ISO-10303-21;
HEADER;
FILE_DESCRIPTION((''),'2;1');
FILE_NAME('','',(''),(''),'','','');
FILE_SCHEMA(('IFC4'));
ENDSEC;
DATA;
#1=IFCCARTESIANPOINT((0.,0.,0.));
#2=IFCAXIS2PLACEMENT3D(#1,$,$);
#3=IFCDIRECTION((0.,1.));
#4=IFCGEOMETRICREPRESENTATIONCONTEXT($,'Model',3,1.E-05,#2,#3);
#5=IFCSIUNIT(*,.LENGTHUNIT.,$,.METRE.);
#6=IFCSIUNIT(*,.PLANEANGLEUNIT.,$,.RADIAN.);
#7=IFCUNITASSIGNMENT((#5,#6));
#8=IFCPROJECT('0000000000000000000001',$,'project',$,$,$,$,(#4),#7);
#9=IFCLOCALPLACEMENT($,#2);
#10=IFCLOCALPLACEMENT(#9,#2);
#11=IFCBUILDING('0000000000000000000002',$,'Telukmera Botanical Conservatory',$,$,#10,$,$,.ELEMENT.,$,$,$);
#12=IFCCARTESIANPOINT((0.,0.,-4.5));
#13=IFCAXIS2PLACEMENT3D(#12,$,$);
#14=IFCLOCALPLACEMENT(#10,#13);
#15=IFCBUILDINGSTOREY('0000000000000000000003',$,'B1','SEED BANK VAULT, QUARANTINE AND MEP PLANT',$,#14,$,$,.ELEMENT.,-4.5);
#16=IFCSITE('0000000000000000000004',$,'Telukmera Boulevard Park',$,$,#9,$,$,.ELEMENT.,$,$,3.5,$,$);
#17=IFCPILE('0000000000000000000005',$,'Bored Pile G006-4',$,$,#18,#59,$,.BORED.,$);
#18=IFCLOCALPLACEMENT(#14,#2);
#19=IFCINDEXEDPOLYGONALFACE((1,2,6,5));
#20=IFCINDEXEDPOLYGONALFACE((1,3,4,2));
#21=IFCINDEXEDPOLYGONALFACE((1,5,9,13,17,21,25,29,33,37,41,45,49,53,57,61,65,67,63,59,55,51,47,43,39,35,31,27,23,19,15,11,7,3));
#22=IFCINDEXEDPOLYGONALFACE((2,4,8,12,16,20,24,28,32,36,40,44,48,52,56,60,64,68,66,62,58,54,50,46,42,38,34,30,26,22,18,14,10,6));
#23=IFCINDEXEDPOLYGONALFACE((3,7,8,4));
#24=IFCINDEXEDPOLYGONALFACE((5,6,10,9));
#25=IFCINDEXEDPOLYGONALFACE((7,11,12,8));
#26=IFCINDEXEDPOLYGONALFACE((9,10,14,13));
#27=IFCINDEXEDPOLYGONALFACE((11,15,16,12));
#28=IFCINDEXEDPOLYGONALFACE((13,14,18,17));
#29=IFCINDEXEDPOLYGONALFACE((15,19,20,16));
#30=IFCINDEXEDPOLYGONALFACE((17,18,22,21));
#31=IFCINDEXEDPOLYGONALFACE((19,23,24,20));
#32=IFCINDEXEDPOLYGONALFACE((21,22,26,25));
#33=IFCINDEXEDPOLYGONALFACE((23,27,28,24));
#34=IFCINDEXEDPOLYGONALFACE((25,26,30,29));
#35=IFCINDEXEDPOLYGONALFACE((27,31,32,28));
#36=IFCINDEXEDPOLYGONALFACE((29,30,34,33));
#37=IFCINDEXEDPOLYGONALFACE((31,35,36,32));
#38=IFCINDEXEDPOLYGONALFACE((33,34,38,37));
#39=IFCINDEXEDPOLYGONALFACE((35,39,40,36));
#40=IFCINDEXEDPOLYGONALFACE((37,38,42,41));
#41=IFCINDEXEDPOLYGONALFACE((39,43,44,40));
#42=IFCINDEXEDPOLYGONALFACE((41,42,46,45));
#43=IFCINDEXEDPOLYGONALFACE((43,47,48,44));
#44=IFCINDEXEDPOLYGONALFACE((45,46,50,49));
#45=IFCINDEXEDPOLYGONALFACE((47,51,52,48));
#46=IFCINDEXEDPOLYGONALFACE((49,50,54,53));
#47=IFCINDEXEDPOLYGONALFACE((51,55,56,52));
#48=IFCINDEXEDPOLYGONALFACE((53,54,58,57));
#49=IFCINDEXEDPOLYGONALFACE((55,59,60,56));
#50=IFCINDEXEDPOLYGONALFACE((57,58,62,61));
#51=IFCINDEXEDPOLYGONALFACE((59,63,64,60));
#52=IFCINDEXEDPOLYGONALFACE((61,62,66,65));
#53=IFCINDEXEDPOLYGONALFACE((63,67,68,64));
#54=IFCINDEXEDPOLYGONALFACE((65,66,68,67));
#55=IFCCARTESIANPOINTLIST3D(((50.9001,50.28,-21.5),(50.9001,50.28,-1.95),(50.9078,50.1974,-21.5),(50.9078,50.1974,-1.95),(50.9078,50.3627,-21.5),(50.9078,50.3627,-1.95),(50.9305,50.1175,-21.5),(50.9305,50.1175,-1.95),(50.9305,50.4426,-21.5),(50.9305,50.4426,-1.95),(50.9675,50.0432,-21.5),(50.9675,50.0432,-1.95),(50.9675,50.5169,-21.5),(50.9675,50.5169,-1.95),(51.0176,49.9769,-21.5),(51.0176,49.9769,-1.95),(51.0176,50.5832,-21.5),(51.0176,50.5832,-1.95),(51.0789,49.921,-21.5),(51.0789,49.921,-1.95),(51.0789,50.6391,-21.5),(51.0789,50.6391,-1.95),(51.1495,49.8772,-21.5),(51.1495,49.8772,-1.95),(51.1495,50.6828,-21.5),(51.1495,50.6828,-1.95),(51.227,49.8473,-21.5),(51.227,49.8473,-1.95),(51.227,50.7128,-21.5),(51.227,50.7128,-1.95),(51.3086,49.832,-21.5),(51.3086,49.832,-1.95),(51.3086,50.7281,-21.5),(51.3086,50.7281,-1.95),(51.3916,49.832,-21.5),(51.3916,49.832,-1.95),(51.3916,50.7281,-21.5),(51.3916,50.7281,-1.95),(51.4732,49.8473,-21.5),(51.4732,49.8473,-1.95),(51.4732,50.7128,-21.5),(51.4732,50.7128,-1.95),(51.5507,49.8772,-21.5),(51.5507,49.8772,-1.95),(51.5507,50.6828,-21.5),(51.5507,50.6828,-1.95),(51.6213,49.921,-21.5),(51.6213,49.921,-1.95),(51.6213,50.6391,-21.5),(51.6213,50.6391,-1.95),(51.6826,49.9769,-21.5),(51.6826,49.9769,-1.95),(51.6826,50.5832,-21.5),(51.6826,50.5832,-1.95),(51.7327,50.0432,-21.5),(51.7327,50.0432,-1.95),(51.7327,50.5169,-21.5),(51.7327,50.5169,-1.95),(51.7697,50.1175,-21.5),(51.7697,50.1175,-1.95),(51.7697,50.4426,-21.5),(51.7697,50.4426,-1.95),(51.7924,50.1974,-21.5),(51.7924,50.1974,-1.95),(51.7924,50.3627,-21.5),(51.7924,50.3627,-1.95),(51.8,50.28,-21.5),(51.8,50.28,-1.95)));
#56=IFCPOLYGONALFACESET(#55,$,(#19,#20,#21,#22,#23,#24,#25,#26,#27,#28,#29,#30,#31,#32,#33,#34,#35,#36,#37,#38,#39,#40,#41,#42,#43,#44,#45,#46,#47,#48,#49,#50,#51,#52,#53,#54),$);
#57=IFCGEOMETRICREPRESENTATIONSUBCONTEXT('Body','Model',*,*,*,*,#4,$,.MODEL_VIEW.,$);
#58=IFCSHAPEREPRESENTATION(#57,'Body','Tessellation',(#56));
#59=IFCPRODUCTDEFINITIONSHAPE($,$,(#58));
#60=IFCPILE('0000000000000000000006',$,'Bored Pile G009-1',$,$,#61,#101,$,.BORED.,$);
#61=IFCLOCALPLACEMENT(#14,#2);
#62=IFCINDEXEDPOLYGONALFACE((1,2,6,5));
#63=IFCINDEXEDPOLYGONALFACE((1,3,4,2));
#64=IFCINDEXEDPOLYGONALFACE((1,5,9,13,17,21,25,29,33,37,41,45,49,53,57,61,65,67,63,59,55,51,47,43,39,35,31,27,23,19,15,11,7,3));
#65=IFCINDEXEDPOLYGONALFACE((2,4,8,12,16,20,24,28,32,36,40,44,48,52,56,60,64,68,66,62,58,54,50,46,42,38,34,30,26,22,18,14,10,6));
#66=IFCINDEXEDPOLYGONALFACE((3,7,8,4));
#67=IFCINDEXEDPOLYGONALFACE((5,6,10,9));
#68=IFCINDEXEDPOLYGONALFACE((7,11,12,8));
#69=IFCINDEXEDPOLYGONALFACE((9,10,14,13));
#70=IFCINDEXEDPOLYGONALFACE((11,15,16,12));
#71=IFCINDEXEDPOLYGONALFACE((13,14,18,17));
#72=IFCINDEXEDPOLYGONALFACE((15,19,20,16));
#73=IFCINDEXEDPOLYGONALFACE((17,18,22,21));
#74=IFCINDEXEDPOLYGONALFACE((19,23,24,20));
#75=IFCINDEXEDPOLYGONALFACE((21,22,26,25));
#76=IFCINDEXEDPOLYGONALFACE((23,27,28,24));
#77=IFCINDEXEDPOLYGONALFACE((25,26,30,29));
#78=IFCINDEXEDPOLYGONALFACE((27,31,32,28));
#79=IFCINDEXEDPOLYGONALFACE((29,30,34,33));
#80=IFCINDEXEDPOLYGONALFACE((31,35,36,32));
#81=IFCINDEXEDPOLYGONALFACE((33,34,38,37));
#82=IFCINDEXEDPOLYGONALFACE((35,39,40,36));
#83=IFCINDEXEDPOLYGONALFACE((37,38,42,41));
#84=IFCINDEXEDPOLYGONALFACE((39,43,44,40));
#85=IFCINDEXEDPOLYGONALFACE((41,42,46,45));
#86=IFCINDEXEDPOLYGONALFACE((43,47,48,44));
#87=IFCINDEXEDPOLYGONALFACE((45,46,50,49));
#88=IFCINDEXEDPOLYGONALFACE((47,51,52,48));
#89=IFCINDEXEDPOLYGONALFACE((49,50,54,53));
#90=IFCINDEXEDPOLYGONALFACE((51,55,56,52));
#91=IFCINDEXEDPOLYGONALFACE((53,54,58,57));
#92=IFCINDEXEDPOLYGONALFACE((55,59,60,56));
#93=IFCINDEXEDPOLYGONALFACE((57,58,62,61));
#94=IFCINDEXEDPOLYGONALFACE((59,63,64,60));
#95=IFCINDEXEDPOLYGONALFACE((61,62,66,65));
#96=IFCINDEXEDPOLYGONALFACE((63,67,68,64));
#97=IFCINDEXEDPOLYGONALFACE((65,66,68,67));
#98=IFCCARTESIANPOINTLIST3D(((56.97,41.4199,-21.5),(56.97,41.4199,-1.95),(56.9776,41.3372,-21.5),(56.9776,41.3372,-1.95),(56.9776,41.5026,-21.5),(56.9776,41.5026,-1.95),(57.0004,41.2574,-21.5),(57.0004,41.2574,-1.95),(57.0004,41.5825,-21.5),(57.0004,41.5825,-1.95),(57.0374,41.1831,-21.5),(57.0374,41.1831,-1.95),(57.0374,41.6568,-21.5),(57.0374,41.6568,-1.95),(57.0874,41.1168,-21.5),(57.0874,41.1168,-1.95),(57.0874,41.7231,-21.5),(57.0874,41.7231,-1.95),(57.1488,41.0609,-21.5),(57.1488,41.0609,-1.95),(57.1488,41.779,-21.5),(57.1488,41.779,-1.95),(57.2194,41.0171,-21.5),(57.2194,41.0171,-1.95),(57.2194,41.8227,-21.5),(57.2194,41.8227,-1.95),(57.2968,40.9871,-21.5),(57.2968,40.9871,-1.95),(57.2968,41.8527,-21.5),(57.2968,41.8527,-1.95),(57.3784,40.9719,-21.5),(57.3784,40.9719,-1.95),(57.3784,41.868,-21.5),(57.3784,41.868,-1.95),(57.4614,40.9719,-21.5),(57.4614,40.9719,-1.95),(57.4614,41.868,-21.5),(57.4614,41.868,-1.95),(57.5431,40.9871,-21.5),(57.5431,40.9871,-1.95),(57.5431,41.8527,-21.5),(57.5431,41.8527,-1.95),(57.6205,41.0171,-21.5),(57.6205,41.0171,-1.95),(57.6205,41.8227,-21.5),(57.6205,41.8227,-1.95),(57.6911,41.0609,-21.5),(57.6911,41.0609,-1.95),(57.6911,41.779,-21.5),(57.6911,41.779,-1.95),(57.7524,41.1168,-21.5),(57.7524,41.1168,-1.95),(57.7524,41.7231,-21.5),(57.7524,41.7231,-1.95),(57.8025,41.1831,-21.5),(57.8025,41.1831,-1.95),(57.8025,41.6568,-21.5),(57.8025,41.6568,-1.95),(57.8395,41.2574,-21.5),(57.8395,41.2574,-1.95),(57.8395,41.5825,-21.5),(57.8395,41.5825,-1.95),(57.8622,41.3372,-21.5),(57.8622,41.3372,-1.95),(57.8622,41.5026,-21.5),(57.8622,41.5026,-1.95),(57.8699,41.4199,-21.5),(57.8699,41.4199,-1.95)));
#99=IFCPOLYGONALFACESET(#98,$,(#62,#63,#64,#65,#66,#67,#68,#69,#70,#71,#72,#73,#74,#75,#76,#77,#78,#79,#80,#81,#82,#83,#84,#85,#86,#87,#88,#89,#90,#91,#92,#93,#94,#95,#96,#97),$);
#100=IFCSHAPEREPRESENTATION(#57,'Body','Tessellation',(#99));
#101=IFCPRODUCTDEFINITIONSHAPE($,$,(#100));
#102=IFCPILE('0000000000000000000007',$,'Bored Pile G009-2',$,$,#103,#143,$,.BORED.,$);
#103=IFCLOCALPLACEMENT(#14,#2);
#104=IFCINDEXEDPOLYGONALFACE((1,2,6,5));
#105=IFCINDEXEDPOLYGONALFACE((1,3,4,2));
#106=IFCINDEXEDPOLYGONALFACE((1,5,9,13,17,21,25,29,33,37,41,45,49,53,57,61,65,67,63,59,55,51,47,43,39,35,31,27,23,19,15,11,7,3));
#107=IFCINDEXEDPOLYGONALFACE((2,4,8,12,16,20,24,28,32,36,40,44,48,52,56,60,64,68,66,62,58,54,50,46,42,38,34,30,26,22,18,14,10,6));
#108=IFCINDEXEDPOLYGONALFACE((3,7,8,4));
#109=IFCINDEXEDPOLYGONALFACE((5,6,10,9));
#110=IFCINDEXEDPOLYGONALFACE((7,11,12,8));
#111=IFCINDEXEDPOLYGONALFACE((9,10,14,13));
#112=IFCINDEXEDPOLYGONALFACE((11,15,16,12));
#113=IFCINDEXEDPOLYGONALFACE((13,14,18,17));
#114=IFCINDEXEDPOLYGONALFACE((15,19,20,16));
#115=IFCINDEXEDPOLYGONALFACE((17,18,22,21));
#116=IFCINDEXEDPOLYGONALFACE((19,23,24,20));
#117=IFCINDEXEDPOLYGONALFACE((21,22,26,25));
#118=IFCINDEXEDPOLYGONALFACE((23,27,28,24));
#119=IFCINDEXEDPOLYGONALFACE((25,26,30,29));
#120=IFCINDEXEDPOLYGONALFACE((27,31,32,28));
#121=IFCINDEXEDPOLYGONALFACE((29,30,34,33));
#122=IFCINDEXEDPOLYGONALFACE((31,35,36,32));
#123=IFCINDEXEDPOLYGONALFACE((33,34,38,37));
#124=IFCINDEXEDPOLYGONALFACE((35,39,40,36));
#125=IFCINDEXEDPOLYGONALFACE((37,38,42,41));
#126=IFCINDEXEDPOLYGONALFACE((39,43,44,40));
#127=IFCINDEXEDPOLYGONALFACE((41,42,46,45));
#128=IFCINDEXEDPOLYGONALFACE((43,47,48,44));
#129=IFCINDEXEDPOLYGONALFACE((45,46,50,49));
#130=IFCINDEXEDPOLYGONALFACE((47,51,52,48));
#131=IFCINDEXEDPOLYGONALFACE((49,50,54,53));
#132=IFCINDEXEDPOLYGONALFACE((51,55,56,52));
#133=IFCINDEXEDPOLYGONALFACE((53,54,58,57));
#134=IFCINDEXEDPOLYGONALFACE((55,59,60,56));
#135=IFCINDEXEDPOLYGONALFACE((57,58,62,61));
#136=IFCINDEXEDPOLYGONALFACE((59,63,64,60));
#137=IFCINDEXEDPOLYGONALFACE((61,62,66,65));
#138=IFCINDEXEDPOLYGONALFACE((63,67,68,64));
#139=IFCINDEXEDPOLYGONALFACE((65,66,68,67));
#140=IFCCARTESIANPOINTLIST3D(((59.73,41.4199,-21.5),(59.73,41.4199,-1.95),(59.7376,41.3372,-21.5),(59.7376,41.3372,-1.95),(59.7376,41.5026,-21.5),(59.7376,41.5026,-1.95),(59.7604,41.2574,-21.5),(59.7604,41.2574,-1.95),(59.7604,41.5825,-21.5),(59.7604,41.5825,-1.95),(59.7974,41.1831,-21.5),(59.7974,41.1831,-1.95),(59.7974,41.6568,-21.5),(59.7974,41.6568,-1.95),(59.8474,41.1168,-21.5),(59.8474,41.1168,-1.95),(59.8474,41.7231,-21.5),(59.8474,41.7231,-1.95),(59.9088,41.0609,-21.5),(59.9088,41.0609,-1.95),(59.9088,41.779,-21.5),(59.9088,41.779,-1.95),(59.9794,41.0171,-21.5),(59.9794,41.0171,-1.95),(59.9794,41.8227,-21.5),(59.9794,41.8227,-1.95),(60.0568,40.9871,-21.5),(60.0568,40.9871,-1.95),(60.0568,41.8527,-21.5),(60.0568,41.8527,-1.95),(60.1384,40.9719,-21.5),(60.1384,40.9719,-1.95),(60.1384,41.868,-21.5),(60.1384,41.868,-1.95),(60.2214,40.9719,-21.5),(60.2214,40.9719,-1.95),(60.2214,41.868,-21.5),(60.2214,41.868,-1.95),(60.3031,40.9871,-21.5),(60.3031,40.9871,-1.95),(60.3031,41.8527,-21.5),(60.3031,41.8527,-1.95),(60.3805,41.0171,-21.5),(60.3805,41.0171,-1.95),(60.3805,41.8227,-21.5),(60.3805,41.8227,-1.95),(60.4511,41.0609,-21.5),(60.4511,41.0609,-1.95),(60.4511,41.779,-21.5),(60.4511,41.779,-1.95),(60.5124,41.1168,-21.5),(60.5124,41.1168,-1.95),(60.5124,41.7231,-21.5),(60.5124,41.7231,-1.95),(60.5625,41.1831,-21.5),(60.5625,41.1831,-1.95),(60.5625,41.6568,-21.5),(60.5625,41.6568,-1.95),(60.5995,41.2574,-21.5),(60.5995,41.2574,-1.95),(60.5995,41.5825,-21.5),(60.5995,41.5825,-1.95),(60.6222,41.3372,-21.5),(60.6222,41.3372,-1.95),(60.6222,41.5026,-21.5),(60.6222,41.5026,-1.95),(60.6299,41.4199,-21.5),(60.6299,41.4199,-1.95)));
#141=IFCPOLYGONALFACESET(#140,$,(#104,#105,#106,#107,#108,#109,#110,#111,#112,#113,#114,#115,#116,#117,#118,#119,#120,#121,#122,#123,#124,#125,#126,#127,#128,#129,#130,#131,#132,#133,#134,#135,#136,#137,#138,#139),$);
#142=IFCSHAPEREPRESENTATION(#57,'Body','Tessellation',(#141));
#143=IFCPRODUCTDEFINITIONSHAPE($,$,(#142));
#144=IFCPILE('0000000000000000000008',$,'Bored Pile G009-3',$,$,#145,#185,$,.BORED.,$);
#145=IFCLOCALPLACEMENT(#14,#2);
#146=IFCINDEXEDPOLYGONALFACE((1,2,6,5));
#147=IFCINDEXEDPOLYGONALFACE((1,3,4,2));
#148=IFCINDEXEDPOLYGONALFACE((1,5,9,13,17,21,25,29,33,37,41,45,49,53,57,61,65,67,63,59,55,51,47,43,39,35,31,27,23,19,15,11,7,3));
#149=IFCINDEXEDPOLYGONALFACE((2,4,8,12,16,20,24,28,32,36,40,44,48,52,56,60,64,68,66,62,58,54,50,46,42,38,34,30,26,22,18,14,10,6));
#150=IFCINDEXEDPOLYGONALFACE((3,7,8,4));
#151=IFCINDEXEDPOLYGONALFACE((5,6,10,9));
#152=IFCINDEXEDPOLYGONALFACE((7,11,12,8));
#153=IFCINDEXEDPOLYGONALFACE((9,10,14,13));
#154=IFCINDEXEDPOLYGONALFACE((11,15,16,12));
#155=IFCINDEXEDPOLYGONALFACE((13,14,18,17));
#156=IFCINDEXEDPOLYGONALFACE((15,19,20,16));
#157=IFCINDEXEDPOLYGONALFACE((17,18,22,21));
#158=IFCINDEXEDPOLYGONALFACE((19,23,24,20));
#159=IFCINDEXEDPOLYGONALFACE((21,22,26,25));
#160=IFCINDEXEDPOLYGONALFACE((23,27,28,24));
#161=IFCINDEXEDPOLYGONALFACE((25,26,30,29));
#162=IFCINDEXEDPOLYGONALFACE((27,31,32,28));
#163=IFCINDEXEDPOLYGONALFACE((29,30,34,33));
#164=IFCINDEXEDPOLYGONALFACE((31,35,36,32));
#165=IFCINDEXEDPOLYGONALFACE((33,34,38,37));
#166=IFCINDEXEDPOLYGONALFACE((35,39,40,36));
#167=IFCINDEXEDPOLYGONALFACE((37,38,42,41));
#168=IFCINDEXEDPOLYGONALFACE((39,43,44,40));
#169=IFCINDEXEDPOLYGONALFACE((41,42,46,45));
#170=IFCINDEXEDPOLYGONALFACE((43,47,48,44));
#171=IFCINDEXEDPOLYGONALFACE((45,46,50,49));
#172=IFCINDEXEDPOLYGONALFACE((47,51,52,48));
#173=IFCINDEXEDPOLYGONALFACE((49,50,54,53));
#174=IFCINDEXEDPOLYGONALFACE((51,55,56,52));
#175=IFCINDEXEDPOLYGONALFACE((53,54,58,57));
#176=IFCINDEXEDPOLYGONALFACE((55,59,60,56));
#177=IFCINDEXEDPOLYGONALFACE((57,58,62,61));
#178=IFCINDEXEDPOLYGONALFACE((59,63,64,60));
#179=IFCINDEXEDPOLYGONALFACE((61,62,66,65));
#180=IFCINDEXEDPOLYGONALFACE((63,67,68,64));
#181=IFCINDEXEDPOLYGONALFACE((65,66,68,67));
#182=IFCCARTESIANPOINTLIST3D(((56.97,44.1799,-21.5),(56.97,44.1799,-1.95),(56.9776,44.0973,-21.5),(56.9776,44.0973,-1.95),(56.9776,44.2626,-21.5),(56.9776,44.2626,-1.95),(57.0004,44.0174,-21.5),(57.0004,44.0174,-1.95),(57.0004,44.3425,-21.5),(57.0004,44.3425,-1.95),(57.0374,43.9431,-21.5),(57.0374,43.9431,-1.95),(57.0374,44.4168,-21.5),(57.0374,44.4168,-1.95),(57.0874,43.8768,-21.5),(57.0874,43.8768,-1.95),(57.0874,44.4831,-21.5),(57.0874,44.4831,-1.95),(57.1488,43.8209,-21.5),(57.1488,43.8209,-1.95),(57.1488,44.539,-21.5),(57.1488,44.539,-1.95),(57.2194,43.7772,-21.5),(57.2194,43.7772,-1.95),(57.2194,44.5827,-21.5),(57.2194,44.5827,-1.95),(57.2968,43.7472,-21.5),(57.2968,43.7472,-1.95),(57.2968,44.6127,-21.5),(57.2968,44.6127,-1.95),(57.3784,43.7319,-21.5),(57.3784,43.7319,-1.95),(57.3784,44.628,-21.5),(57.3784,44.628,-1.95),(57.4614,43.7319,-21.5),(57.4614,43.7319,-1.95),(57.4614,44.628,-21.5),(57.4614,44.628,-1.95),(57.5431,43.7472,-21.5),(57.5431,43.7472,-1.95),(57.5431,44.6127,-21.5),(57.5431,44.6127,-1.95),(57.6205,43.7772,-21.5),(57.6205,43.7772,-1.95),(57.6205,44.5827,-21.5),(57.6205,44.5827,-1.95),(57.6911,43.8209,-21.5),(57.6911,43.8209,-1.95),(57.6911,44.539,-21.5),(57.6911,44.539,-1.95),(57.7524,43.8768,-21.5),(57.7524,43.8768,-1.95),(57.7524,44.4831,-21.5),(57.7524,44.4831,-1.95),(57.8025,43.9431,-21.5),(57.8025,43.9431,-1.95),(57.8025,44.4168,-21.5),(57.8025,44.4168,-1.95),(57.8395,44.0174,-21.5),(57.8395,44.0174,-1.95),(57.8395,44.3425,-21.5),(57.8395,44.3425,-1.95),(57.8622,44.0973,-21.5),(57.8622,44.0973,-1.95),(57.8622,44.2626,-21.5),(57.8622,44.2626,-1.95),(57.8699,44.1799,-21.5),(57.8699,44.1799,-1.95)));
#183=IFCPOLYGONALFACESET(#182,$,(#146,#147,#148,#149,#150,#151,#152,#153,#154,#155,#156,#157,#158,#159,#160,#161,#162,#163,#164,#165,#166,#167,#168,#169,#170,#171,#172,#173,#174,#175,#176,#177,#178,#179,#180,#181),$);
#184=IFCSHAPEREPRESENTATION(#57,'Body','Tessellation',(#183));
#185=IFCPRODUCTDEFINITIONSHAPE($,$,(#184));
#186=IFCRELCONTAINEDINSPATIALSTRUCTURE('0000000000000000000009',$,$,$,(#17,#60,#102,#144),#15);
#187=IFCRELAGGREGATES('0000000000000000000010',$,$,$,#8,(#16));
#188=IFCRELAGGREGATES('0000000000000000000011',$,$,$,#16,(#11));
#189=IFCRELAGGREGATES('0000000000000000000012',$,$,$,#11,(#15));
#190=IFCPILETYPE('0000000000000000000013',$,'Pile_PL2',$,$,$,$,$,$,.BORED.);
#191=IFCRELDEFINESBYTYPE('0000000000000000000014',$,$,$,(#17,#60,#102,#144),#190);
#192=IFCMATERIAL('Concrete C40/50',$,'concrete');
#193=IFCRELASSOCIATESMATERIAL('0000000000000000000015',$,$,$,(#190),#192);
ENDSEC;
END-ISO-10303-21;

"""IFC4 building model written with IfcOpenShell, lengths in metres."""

from ifc_helpers import new_model, si_unit, direction, frame, origin, origin_2d, place, context, subcontext, project, spatial, circle, extrude, material, material_profile, profile_set, type_object, element, save


model = new_model("IFC4")

# Units and contexts
model_context = context("Model", 3, precision=1e-05, world=origin(), true_north=direction((0.0, 1.0)))
body_context = subcontext(model_context, "Body", "Model", "MODEL_VIEW")
ifc_project = project(units=[si_unit("LENGTHUNIT", "METRE"), si_unit("PLANEANGLEUNIT", "RADIAN")], contexts=[model_context])

# Site, building, storey
site_placement = place(None, origin())
site = spatial("IfcSite", under=ifc_project, at=site_placement, Name="Telukmera Boulevard Park", CompositionType="ELEMENT", RefElevation=3.5)
building_placement = place(site_placement, origin())
building = spatial("IfcBuilding", under=site, at=building_placement, Name="Telukmera Botanical Conservatory", CompositionType="ELEMENT")
storey_placement = place(building_placement, frame((0.0, 0.0, -4.5)))
storey = spatial("IfcBuildingStorey", under=building, at=storey_placement, Name="B1", Description="SEED BANK VAULT, QUARANTINE AND MEP PLANT", CompositionType="ELEMENT", Elevation=-4.5)

# Shared definitions
ifc_material_1 = material(Name="Concrete C40/50", Category="concrete")

# Piles
ifc_material_profile_1 = material_profile(ifc_material_1, circle(Radius=0.45, at=origin_2d()), Name="PILE D900")
ifc_profile_set_1 = profile_set([ifc_material_profile_1], Name="Concrete C40/50")
pile_type = type_object("IfcPileType", Name="Pile_PL2", PredefinedType="BORED", material=ifc_profile_set_1)
for number, where, z_axis, x_axis, name in (
    (1, (51.3501, 50.28, -1.95), (0.0, 0.0, -1.0), (1.0, 0.0, 0.0), "Bored Pile G006-4"),
    (2, (57.4199, 41.4199, -1.95), (0.0, 0.0, -1.0), (1.0, 0.0, 0.0), "Bored Pile G009-1"),
    (3, (60.1799, 41.4199, -1.95), (0.0, 0.0, -1.0), (1.0, 0.0, 0.0), "Bored Pile G009-2"),
    (4, (57.4199, 44.1799, -1.95), (0.0, 0.0, -1.0), (1.0, 0.0, 0.0), "Bored Pile G009-3"),
):
    element("IfcPile", number, at=place(storey_placement, frame(where, z_axis=z_axis, x_axis=x_axis)), inside=storey, type_object=pile_type, Name=name, PredefinedType="BORED", context=body_context, shape_type="SweptSolid", body=[
        extrude(circle(Radius=0.45, at=origin_2d()), origin(), (0.0, 0.0, 1.0), 19.55),
    ])

save(model, "model.ifc")
